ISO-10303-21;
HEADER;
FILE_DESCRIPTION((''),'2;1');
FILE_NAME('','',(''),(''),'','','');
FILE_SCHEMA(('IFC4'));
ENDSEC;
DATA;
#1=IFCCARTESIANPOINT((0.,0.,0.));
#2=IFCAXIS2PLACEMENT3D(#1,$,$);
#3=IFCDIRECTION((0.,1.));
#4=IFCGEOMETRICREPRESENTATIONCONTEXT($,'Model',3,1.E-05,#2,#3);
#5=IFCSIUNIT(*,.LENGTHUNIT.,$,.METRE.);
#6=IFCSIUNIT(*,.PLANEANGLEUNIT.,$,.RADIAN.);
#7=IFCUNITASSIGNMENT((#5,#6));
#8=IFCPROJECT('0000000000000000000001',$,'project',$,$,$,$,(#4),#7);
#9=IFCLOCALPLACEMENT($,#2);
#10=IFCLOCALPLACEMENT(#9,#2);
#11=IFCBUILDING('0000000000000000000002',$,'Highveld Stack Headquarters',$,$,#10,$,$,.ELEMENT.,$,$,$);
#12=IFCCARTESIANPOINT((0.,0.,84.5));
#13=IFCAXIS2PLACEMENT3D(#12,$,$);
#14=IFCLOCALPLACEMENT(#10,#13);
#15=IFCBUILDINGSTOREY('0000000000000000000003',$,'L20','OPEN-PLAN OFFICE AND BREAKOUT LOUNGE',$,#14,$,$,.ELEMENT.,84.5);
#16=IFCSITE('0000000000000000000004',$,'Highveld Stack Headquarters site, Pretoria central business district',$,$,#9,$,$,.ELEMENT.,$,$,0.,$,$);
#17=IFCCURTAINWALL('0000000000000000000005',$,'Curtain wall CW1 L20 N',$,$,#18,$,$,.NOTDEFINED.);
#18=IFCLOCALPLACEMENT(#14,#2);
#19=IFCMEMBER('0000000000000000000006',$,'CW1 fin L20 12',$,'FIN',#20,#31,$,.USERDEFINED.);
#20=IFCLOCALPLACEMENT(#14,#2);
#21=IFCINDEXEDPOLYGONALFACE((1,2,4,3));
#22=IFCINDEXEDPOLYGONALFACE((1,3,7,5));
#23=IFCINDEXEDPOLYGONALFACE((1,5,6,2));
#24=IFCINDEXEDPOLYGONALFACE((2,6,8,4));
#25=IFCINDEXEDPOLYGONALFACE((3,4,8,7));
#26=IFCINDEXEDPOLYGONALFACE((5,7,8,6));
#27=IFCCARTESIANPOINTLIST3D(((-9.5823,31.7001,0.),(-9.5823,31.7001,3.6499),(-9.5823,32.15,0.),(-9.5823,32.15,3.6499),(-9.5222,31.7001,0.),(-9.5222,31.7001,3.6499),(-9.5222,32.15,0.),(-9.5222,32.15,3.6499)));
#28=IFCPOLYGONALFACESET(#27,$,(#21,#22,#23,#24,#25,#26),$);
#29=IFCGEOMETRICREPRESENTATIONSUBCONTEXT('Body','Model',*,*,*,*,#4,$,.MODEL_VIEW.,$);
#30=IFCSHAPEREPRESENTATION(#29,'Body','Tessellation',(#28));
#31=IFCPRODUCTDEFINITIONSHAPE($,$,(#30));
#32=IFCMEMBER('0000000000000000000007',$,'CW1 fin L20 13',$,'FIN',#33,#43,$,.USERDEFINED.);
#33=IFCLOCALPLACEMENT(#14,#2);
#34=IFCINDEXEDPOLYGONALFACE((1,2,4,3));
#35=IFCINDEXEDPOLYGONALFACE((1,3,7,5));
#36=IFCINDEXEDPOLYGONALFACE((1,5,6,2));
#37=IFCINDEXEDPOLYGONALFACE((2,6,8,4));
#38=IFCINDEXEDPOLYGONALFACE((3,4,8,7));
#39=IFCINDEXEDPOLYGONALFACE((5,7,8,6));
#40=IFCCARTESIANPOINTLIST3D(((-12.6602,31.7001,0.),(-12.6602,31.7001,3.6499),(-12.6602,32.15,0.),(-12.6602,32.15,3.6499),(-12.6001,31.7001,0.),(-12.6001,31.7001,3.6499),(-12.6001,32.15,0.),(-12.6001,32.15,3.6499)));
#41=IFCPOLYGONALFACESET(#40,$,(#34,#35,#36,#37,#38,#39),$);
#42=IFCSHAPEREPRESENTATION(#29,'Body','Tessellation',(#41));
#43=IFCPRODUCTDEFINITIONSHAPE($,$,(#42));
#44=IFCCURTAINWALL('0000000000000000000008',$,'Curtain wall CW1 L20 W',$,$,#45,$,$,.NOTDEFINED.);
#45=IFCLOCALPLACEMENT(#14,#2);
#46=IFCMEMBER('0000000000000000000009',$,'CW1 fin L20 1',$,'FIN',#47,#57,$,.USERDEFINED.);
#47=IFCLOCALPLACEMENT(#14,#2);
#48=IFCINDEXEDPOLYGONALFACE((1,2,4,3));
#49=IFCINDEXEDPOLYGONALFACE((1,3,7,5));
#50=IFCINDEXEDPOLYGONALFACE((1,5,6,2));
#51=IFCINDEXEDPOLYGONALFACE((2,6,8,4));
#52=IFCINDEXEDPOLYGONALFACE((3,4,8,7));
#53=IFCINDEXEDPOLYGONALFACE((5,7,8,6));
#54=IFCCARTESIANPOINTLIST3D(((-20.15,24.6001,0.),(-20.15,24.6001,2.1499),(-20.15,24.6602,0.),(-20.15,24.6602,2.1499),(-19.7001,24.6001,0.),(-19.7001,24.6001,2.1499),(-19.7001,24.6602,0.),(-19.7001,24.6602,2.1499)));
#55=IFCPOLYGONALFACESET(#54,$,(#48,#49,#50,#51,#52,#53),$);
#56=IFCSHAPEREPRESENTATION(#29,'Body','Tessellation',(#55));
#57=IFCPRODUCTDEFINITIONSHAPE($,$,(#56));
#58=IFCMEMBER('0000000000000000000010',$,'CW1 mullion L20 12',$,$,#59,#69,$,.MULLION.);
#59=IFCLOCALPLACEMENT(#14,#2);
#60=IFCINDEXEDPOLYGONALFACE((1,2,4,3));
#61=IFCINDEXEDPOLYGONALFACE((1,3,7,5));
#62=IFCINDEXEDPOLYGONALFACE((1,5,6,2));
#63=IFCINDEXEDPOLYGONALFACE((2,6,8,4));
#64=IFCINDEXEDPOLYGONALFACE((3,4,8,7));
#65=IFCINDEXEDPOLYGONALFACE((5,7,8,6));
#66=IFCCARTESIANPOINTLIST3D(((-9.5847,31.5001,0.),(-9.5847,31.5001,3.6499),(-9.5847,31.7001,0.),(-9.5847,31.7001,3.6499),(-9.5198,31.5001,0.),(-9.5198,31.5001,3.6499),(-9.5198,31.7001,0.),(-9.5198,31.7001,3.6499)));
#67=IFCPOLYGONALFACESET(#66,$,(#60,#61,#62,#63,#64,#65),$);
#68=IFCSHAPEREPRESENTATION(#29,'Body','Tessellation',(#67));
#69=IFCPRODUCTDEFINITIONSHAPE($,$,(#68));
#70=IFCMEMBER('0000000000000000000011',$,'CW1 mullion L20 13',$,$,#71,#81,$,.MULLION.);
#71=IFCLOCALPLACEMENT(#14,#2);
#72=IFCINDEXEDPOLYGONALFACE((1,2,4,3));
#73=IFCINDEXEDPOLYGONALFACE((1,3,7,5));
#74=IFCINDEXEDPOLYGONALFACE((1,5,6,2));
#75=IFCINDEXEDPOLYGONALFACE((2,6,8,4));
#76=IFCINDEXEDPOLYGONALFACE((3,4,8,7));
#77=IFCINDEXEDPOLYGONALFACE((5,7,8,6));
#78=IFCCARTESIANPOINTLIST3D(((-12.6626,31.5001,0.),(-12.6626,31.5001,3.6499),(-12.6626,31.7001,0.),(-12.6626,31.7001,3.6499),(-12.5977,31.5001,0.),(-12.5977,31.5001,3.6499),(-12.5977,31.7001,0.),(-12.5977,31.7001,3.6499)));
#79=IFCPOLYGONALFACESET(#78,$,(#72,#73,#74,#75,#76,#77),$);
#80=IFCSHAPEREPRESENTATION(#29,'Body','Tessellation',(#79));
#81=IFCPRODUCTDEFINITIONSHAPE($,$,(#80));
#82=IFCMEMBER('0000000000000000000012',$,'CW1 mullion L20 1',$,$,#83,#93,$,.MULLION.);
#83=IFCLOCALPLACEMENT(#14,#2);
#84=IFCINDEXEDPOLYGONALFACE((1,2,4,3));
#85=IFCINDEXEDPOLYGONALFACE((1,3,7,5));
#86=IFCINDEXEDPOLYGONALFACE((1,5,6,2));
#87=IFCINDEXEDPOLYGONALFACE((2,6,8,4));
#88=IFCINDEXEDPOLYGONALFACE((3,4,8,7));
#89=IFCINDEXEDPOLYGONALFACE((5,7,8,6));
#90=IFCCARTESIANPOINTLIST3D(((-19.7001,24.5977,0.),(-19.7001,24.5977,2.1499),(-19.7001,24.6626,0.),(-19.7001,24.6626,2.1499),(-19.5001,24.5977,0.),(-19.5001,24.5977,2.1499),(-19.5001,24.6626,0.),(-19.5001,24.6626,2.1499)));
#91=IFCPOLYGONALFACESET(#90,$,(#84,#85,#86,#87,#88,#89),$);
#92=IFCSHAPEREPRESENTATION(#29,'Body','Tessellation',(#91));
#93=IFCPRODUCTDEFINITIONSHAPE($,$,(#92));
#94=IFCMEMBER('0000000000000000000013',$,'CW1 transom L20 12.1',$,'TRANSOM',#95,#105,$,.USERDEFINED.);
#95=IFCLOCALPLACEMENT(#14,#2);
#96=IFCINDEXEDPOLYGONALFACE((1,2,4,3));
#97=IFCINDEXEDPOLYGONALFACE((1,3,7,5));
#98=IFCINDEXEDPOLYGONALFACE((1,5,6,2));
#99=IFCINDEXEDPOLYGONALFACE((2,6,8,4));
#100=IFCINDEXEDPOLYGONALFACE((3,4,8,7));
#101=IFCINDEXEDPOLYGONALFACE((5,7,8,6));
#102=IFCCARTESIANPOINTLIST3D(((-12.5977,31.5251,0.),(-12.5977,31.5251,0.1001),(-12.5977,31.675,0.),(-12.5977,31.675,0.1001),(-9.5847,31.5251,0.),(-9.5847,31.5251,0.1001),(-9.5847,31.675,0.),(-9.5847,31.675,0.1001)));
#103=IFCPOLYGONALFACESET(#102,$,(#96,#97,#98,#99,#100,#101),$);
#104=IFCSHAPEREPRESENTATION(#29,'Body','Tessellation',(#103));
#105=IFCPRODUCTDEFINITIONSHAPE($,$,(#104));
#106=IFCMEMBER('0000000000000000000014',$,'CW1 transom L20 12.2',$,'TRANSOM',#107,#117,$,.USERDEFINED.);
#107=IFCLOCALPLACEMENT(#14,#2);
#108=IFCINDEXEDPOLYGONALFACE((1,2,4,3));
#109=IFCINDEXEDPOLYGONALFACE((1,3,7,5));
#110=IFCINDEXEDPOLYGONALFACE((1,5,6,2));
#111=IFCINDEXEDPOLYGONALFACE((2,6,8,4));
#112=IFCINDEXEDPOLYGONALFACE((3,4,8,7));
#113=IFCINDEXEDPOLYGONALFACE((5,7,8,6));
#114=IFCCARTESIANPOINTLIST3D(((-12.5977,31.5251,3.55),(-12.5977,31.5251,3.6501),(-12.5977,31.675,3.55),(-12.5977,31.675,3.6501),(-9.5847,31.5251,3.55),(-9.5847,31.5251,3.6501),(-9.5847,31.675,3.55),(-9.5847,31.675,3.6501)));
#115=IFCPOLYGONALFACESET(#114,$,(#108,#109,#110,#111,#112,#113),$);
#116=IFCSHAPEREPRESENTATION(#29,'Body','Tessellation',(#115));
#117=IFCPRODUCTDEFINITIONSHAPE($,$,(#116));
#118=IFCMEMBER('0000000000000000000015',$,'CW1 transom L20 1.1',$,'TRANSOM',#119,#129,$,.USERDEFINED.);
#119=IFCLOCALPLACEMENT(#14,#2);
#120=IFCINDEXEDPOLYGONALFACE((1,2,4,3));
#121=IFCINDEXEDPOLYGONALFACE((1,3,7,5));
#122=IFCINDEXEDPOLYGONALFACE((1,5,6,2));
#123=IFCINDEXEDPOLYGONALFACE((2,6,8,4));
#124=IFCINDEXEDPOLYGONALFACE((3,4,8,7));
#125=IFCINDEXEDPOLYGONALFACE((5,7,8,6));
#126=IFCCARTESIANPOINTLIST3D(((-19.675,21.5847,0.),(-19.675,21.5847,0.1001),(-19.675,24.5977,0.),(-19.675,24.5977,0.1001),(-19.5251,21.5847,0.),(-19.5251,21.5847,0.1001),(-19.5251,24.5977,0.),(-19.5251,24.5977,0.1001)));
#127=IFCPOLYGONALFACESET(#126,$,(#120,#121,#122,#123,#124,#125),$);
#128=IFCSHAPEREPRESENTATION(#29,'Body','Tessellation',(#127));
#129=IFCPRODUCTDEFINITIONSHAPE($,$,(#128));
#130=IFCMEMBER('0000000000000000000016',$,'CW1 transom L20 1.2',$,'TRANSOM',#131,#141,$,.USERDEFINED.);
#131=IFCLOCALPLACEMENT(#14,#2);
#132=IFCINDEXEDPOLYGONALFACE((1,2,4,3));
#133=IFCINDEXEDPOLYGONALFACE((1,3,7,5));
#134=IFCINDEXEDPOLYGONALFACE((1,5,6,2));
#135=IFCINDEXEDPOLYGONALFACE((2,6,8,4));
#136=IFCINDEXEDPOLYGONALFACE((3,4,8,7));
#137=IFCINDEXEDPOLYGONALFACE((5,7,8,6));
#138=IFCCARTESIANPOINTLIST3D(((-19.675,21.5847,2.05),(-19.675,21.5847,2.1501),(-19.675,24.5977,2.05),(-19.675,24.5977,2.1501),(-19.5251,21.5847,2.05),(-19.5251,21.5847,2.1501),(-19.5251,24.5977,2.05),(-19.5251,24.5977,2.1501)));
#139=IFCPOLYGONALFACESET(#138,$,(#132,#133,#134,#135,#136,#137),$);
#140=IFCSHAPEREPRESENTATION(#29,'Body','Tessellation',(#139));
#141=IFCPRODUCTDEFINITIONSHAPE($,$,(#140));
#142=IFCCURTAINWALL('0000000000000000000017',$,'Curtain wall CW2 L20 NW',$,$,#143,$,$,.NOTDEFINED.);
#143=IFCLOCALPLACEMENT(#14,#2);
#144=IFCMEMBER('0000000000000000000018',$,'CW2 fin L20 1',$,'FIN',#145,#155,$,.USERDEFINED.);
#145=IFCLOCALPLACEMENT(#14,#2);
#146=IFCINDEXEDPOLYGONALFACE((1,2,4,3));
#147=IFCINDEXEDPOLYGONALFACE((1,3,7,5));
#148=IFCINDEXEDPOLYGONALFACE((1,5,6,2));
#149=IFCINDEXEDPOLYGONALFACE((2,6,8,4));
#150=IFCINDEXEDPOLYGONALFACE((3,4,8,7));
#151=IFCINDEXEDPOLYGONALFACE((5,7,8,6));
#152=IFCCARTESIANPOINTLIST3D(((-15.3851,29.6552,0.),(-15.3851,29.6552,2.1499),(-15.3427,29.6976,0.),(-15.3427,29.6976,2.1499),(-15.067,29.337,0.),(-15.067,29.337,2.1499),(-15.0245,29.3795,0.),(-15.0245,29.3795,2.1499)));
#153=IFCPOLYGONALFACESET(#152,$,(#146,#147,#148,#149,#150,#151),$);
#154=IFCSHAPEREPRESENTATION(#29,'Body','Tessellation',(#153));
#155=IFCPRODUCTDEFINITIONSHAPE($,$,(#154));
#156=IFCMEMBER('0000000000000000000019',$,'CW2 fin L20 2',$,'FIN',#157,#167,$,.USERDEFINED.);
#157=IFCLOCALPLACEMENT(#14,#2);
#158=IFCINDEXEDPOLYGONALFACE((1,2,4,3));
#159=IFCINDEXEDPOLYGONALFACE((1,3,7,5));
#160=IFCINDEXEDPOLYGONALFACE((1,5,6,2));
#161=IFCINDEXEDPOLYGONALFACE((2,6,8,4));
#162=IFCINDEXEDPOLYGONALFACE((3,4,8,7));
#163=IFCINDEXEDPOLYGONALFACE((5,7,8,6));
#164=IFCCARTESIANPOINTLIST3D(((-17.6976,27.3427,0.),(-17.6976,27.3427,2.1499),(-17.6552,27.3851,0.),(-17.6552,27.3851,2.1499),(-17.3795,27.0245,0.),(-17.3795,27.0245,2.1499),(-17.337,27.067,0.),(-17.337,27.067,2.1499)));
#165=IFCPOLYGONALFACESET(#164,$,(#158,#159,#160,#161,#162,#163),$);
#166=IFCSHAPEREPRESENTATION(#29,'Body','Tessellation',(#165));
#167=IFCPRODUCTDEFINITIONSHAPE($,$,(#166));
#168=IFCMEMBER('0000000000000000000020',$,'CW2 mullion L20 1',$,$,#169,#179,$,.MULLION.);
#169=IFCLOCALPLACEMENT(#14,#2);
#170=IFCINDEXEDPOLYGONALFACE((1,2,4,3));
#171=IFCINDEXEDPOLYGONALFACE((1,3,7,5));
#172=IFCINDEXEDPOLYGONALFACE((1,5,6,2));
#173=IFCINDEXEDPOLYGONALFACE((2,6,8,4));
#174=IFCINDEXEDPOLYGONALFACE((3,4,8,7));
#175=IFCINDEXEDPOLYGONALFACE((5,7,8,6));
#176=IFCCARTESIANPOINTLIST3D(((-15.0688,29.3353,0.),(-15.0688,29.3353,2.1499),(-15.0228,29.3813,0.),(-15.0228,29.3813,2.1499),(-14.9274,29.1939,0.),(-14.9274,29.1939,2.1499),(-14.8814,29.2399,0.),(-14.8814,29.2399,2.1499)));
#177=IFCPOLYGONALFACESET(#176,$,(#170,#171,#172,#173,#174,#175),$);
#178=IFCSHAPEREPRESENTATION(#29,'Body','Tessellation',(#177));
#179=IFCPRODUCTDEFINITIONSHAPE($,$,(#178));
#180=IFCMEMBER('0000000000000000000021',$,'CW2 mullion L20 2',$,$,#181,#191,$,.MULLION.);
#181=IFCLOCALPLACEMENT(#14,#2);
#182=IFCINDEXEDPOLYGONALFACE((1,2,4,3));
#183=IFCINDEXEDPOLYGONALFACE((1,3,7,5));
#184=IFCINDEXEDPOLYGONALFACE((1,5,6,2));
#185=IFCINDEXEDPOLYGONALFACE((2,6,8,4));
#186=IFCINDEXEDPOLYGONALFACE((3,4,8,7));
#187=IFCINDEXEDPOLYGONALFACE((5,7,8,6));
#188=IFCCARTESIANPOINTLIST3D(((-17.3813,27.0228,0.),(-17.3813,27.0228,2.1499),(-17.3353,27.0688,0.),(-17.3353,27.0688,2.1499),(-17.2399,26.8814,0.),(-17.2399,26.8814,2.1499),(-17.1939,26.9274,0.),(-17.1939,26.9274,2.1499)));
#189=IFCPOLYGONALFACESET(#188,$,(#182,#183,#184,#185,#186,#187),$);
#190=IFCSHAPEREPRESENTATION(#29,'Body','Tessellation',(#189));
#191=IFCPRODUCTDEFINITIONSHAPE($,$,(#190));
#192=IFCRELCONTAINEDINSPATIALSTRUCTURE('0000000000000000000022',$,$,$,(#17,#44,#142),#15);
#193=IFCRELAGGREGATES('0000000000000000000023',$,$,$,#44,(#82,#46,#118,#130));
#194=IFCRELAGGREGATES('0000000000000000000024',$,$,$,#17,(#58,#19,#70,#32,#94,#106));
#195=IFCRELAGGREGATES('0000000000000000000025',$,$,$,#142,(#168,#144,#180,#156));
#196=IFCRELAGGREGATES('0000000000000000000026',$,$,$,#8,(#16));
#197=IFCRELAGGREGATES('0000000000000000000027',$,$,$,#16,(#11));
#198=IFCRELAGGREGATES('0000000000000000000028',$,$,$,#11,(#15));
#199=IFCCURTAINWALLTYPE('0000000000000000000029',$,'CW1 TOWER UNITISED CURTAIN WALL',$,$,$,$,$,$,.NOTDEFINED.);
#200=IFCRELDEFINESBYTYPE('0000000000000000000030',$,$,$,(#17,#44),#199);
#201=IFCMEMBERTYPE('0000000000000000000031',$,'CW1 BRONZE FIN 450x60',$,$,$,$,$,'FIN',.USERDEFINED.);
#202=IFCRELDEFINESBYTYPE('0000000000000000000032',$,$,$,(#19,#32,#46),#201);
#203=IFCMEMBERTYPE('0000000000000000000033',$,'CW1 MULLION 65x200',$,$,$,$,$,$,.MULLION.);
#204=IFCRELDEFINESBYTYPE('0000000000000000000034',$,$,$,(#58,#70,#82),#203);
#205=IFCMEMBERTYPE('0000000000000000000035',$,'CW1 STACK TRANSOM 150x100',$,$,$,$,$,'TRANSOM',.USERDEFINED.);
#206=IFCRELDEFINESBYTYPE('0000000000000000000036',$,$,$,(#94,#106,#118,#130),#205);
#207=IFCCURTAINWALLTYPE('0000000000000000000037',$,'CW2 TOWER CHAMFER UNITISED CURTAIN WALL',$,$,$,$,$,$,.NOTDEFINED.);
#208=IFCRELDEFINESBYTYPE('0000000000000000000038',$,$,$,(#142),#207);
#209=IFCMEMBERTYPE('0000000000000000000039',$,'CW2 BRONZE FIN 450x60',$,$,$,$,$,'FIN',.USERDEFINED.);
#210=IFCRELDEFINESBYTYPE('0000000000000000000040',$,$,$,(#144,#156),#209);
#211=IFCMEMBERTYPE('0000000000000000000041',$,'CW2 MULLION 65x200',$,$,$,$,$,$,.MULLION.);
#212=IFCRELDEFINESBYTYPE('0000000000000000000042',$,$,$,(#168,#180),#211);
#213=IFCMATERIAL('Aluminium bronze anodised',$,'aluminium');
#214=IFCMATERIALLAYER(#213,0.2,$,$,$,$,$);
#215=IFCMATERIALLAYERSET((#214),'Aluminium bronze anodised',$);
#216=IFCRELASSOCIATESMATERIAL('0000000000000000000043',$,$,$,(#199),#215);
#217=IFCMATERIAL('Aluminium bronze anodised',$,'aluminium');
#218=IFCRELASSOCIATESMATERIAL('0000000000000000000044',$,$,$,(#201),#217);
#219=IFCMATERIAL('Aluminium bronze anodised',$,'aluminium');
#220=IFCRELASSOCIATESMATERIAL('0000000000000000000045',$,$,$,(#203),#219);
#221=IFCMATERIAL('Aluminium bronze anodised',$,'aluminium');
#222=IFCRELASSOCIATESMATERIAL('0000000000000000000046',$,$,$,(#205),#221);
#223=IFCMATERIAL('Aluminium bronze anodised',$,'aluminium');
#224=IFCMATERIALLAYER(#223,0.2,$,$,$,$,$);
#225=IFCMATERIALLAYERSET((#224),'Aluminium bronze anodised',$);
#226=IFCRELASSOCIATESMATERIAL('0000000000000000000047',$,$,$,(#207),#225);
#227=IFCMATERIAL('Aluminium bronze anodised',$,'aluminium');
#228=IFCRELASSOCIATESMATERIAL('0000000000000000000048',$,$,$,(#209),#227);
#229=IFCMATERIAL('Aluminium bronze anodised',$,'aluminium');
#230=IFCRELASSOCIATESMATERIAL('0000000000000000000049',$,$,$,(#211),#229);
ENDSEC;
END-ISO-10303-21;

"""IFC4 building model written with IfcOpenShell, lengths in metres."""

from ifc_helpers import new_model, si_unit, direction, frame, origin, origin_2d, place, context, subcontext, project, spatial, rectangle, extrude, material, layer, layer_set, material_profile, profile_set, type_object, element, aggregate, save


model = new_model("IFC4")

# Units and contexts
model_context = context("Model", 3, precision=1e-05, world=origin(), true_north=direction((0.0, 1.0)))
body_context = subcontext(model_context, "Body", "Model", "MODEL_VIEW")
ifc_project = project(units=[si_unit("LENGTHUNIT", "METRE"), si_unit("PLANEANGLEUNIT", "RADIAN")], contexts=[model_context])

# Site, building, storey
site_placement = place(None, origin())
site = spatial("IfcSite", under=ifc_project, at=site_placement, Name="Highveld Stack Headquarters site, Pretoria central business district", CompositionType="ELEMENT", RefElevation=0.0)
building_placement = place(site_placement, origin())
building = spatial("IfcBuilding", under=site, at=building_placement, Name="Highveld Stack Headquarters", CompositionType="ELEMENT")
storey_placement = place(building_placement, frame((0.0, 0.0, 84.5)))
storey = spatial("IfcBuildingStorey", under=building, at=storey_placement, Name="L20", Description="OPEN-PLAN OFFICE AND BREAKOUT LOUNGE", CompositionType="ELEMENT", Elevation=84.5)

# Curtain wall, members
ifc_material_1 = material(Name="Aluminium bronze anodised", Category="aluminium")
ifc_layer_1 = layer(ifc_material_1, 0.2)
ifc_layer_set_1 = layer_set([ifc_layer_1], Name="Aluminium bronze anodised")
curtain_wall_type_1 = type_object("IfcCurtainWallType", Name="CW1 TOWER UNITISED CURTAIN WALL", PredefinedType="NOTDEFINED", material=ifc_layer_set_1)
curtain_wall_1_placement = place(storey_placement, origin())
curtain_wall_1 = element("IfcCurtainWall", 1, at=curtain_wall_1_placement, inside=storey, type_object=curtain_wall_type_1, Name="Curtain wall CW1 L20 N", PredefinedType="NOTDEFINED")
ifc_material_2 = material(Name="Aluminium bronze anodised", Category="aluminium")
ifc_material_profile_1 = material_profile(ifc_material_2, rectangle(XDim=0.45, YDim=0.0601, at=origin_2d()), Name="FIN 450x60")
ifc_profile_set_1 = profile_set([ifc_material_profile_1], Name="Aluminium bronze anodised")
member_type_1 = type_object("IfcMemberType", Name="CW1 BRONZE FIN 450x60", ElementType="FIN", PredefinedType="USERDEFINED", material=ifc_profile_set_1)
member_1_placement = place(storey_placement, frame((-9.5522, 31.925, 0.0), z_axis=(0.0, 0.0, 1.0), x_axis=(0.0, -1.0, 0.0)))
member_1 = element("IfcMember", 2, at=member_1_placement, type_object=member_type_1, Name="CW1 fin L20 12", ObjectType="FIN", PredefinedType="USERDEFINED", context=body_context, shape_type="SweptSolid", body=[
    extrude(rectangle(XDim=0.45, YDim=0.0601, at=origin_2d()), origin(), (0.0, 0.0, 1.0), 3.6499),
])
member_2_placement = place(storey_placement, frame((-12.6301, 31.925, 0.0), z_axis=(0.0, 0.0, 1.0), x_axis=(0.0, -1.0, 0.0)))
member_2 = element("IfcMember", 3, at=member_2_placement, type_object=member_type_1, Name="CW1 fin L20 13", ObjectType="FIN", PredefinedType="USERDEFINED", context=body_context, shape_type="SweptSolid", body=[
    extrude(rectangle(XDim=0.45, YDim=0.0601, at=origin_2d()), origin(), (0.0, 0.0, 1.0), 3.6499),
])

# Curtain wall, member
curtain_wall_2_placement = place(storey_placement, origin())
curtain_wall_2 = element("IfcCurtainWall", 4, at=curtain_wall_2_placement, inside=storey, type_object=curtain_wall_type_1, Name="Curtain wall CW1 L20 W", PredefinedType="NOTDEFINED")
member_3_placement = place(storey_placement, frame((-19.925, 24.6301, 0.0), z_axis=(0.0, 0.0, 1.0), x_axis=(1.0, 0.0, 0.0)))
member_3 = element("IfcMember", 5, at=member_3_placement, type_object=member_type_1, Name="CW1 fin L20 1", ObjectType="FIN", PredefinedType="USERDEFINED", context=body_context, shape_type="SweptSolid", body=[
    extrude(rectangle(XDim=0.45, YDim=0.0601, at=origin_2d()), origin(), (0.0, 0.0, 1.0), 2.1499),
])

# Members
ifc_material_3 = material(Name="Aluminium bronze anodised", Category="aluminium")
ifc_material_profile_2 = material_profile(ifc_material_3, rectangle(XDim=0.2, YDim=0.0649, at=origin_2d()), Name="CW1 MULLION 65x200")
ifc_profile_set_2 = profile_set([ifc_material_profile_2], Name="Aluminium bronze anodised")
member_type_2 = type_object("IfcMemberType", Name="CW1 MULLION 65x200", PredefinedType="MULLION", material=ifc_profile_set_2)
member_4_placement = place(storey_placement, frame((-9.5522, 31.6001, 0.0), z_axis=(0.0, 0.0, 1.0), x_axis=(0.0, -1.0, 0.0)))
member_4 = element("IfcMember", 6, at=member_4_placement, type_object=member_type_2, Name="CW1 mullion L20 12", PredefinedType="MULLION", context=body_context, shape_type="SweptSolid", body=[
    extrude(rectangle(XDim=0.2, YDim=0.0649, at=origin_2d()), origin(), (0.0, 0.0, 1.0), 3.6499),
])
member_5_placement = place(storey_placement, frame((-12.6301, 31.6001, 0.0), z_axis=(0.0, 0.0, 1.0), x_axis=(0.0, -1.0, 0.0)))
member_5 = element("IfcMember", 7, at=member_5_placement, type_object=member_type_2, Name="CW1 mullion L20 13", PredefinedType="MULLION", context=body_context, shape_type="SweptSolid", body=[
    extrude(rectangle(XDim=0.2, YDim=0.0649, at=origin_2d()), origin(), (0.0, 0.0, 1.0), 3.6499),
])
member_6_placement = place(storey_placement, frame((-19.6001, 24.6301, 0.0), z_axis=(0.0, 0.0, 1.0), x_axis=(1.0, 0.0, 0.0)))
member_6 = element("IfcMember", 8, at=member_6_placement, type_object=member_type_2, Name="CW1 mullion L20 1", PredefinedType="MULLION", context=body_context, shape_type="SweptSolid", body=[
    extrude(rectangle(XDim=0.2, YDim=0.0649, at=origin_2d()), origin(), (0.0, 0.0, 1.0), 2.1499),
])
ifc_material_4 = material(Name="Aluminium bronze anodised", Category="aluminium")
ifc_material_profile_3 = material_profile(ifc_material_4, rectangle(XDim=0.1499, YDim=0.1001, at=origin_2d()), Name="CW1 TRANSOM 150x100")
ifc_profile_set_3 = profile_set([ifc_material_profile_3], Name="Aluminium bronze anodised")
member_type_3 = type_object("IfcMemberType", Name="CW1 STACK TRANSOM 150x100", ElementType="TRANSOM", PredefinedType="USERDEFINED", material=ifc_profile_set_3)
member_7_placement = place(storey_placement, frame((-9.5847, 31.6001, 0.05), z_axis=(-1.0, 0.0, 0.0), x_axis=(0.0, -1.0, 0.0)))
member_7 = element("IfcMember", 9, at=member_7_placement, type_object=member_type_3, Name="CW1 transom L20 12.1", ObjectType="TRANSOM", PredefinedType="USERDEFINED", context=body_context, shape_type="SweptSolid", body=[
    extrude(rectangle(XDim=0.1499, YDim=0.1001, at=origin_2d()), origin(), (0.0, 0.0, 1.0), 3.0129),
])
member_8_placement = place(storey_placement, frame((-9.5847, 31.6001, 3.6001), z_axis=(-1.0, 0.0, 0.0), x_axis=(0.0, -1.0, 0.0)))
member_8 = element("IfcMember", 10, at=member_8_placement, type_object=member_type_3, Name="CW1 transom L20 12.2", ObjectType="TRANSOM", PredefinedType="USERDEFINED", context=body_context, shape_type="SweptSolid", body=[
    extrude(rectangle(XDim=0.1499, YDim=0.1001, at=origin_2d()), origin(), (0.0, 0.0, 1.0), 3.0129),
])
member_9_placement = place(storey_placement, frame((-19.6001, 24.5977, 0.05), z_axis=(0.0, -1.0, 0.0), x_axis=(1.0, 0.0, 0.0)))
member_9 = element("IfcMember", 11, at=member_9_placement, type_object=member_type_3, Name="CW1 transom L20 1.1", ObjectType="TRANSOM", PredefinedType="USERDEFINED", context=body_context, shape_type="SweptSolid", body=[
    extrude(rectangle(XDim=0.1499, YDim=0.1001, at=origin_2d()), origin(), (0.0, 0.0, 1.0), 3.0129),
])
member_10_placement = place(storey_placement, frame((-19.6001, 24.5977, 2.1001), z_axis=(0.0, -1.0, 0.0), x_axis=(1.0, 0.0, 0.0)))
member_10 = element("IfcMember", 12, at=member_10_placement, type_object=member_type_3, Name="CW1 transom L20 1.2", ObjectType="TRANSOM", PredefinedType="USERDEFINED", context=body_context, shape_type="SweptSolid", body=[
    extrude(rectangle(XDim=0.1499, YDim=0.1001, at=origin_2d()), origin(), (0.0, 0.0, 1.0), 3.0129),
])
aggregate(curtain_wall_2, [member_6, member_3, member_9, member_10])

# Curtain wall, members
ifc_material_5 = material(Name="Aluminium bronze anodised", Category="aluminium")
ifc_layer_2 = layer(ifc_material_5, 0.2)
ifc_layer_set_2 = layer_set([ifc_layer_2], Name="Aluminium bronze anodised")
curtain_wall_type_2 = type_object("IfcCurtainWallType", Name="CW2 TOWER CHAMFER UNITISED CURTAIN WALL", PredefinedType="NOTDEFINED", material=ifc_layer_set_2)
curtain_wall_3_placement = place(storey_placement, origin())
curtain_wall_3 = element("IfcCurtainWall", 13, at=curtain_wall_3_placement, inside=storey, type_object=curtain_wall_type_2, Name="Curtain wall CW2 L20 NW", PredefinedType="NOTDEFINED")
ifc_material_6 = material(Name="Aluminium bronze anodised", Category="aluminium")
ifc_material_profile_4 = material_profile(ifc_material_6, rectangle(XDim=0.45, YDim=0.0601, at=origin_2d()), Name="FIN 450x60")
ifc_profile_set_4 = profile_set([ifc_material_profile_4], Name="Aluminium bronze anodised")
member_type_4 = type_object("IfcMemberType", Name="CW2 BRONZE FIN 450x60", ElementType="FIN", PredefinedType="USERDEFINED", material=ifc_profile_set_4)
member_11_placement = place(storey_placement, frame((-15.2048, 29.5173, 0.0), z_axis=(0.0, 0.0, 1.0), x_axis=(0.707107, -0.707107, 0.0)))
member_11 = element("IfcMember", 14, at=member_11_placement, type_object=member_type_4, Name="CW2 fin L20 1", ObjectType="FIN", PredefinedType="USERDEFINED", context=body_context, shape_type="SweptSolid", body=[
    extrude(rectangle(XDim=0.45, YDim=0.0601, at=origin_2d()), origin(), (0.0, 0.0, 1.0), 2.1499),
])
member_12_placement = place(storey_placement, frame((-17.5173, 27.2048, 0.0), z_axis=(0.0, 0.0, 1.0), x_axis=(0.707107, -0.707107, 0.0)))
member_12 = element("IfcMember", 15, at=member_12_placement, type_object=member_type_4, Name="CW2 fin L20 2", ObjectType="FIN", PredefinedType="USERDEFINED", context=body_context, shape_type="SweptSolid", body=[
    extrude(rectangle(XDim=0.45, YDim=0.0601, at=origin_2d()), origin(), (0.0, 0.0, 1.0), 2.1499),
])
ifc_material_7 = material(Name="Aluminium bronze anodised", Category="aluminium")
ifc_material_profile_5 = material_profile(ifc_material_7, rectangle(XDim=0.2, YDim=0.0649, at=origin_2d()), Name="CW2 MULLION 65x200")
ifc_profile_set_5 = profile_set([ifc_material_profile_5], Name="Aluminium bronze anodised")
member_type_5 = type_object("IfcMemberType", Name="CW2 MULLION 65x200", PredefinedType="MULLION", material=ifc_profile_set_5)
member_13_placement = place(storey_placement, frame((-14.9751, 29.2876, 0.0), z_axis=(0.0, 0.0, 1.0), x_axis=(0.707107, -0.707107, 0.0)))
member_13 = element("IfcMember", 16, at=member_13_placement, type_object=member_type_5, Name="CW2 mullion L20 1", PredefinedType="MULLION", context=body_context, shape_type="SweptSolid", body=[
    extrude(rectangle(XDim=0.2, YDim=0.0649, at=origin_2d()), origin(), (0.0, 0.0, 1.0), 2.1499),
])
member_14_placement = place(storey_placement, frame((-17.2876, 26.9751, 0.0), z_axis=(0.0, 0.0, 1.0), x_axis=(0.707107, -0.707107, 0.0)))
member_14 = element("IfcMember", 17, at=member_14_placement, type_object=member_type_5, Name="CW2 mullion L20 2", PredefinedType="MULLION", context=body_context, shape_type="SweptSolid", body=[
    extrude(rectangle(XDim=0.2, YDim=0.0649, at=origin_2d()), origin(), (0.0, 0.0, 1.0), 2.1499),
])

aggregate(curtain_wall_1, [member_4, member_1, member_5, member_2, member_7, member_8])
aggregate(curtain_wall_3, [member_13, member_11, member_14, member_12])

save(model, "model.ifc")
